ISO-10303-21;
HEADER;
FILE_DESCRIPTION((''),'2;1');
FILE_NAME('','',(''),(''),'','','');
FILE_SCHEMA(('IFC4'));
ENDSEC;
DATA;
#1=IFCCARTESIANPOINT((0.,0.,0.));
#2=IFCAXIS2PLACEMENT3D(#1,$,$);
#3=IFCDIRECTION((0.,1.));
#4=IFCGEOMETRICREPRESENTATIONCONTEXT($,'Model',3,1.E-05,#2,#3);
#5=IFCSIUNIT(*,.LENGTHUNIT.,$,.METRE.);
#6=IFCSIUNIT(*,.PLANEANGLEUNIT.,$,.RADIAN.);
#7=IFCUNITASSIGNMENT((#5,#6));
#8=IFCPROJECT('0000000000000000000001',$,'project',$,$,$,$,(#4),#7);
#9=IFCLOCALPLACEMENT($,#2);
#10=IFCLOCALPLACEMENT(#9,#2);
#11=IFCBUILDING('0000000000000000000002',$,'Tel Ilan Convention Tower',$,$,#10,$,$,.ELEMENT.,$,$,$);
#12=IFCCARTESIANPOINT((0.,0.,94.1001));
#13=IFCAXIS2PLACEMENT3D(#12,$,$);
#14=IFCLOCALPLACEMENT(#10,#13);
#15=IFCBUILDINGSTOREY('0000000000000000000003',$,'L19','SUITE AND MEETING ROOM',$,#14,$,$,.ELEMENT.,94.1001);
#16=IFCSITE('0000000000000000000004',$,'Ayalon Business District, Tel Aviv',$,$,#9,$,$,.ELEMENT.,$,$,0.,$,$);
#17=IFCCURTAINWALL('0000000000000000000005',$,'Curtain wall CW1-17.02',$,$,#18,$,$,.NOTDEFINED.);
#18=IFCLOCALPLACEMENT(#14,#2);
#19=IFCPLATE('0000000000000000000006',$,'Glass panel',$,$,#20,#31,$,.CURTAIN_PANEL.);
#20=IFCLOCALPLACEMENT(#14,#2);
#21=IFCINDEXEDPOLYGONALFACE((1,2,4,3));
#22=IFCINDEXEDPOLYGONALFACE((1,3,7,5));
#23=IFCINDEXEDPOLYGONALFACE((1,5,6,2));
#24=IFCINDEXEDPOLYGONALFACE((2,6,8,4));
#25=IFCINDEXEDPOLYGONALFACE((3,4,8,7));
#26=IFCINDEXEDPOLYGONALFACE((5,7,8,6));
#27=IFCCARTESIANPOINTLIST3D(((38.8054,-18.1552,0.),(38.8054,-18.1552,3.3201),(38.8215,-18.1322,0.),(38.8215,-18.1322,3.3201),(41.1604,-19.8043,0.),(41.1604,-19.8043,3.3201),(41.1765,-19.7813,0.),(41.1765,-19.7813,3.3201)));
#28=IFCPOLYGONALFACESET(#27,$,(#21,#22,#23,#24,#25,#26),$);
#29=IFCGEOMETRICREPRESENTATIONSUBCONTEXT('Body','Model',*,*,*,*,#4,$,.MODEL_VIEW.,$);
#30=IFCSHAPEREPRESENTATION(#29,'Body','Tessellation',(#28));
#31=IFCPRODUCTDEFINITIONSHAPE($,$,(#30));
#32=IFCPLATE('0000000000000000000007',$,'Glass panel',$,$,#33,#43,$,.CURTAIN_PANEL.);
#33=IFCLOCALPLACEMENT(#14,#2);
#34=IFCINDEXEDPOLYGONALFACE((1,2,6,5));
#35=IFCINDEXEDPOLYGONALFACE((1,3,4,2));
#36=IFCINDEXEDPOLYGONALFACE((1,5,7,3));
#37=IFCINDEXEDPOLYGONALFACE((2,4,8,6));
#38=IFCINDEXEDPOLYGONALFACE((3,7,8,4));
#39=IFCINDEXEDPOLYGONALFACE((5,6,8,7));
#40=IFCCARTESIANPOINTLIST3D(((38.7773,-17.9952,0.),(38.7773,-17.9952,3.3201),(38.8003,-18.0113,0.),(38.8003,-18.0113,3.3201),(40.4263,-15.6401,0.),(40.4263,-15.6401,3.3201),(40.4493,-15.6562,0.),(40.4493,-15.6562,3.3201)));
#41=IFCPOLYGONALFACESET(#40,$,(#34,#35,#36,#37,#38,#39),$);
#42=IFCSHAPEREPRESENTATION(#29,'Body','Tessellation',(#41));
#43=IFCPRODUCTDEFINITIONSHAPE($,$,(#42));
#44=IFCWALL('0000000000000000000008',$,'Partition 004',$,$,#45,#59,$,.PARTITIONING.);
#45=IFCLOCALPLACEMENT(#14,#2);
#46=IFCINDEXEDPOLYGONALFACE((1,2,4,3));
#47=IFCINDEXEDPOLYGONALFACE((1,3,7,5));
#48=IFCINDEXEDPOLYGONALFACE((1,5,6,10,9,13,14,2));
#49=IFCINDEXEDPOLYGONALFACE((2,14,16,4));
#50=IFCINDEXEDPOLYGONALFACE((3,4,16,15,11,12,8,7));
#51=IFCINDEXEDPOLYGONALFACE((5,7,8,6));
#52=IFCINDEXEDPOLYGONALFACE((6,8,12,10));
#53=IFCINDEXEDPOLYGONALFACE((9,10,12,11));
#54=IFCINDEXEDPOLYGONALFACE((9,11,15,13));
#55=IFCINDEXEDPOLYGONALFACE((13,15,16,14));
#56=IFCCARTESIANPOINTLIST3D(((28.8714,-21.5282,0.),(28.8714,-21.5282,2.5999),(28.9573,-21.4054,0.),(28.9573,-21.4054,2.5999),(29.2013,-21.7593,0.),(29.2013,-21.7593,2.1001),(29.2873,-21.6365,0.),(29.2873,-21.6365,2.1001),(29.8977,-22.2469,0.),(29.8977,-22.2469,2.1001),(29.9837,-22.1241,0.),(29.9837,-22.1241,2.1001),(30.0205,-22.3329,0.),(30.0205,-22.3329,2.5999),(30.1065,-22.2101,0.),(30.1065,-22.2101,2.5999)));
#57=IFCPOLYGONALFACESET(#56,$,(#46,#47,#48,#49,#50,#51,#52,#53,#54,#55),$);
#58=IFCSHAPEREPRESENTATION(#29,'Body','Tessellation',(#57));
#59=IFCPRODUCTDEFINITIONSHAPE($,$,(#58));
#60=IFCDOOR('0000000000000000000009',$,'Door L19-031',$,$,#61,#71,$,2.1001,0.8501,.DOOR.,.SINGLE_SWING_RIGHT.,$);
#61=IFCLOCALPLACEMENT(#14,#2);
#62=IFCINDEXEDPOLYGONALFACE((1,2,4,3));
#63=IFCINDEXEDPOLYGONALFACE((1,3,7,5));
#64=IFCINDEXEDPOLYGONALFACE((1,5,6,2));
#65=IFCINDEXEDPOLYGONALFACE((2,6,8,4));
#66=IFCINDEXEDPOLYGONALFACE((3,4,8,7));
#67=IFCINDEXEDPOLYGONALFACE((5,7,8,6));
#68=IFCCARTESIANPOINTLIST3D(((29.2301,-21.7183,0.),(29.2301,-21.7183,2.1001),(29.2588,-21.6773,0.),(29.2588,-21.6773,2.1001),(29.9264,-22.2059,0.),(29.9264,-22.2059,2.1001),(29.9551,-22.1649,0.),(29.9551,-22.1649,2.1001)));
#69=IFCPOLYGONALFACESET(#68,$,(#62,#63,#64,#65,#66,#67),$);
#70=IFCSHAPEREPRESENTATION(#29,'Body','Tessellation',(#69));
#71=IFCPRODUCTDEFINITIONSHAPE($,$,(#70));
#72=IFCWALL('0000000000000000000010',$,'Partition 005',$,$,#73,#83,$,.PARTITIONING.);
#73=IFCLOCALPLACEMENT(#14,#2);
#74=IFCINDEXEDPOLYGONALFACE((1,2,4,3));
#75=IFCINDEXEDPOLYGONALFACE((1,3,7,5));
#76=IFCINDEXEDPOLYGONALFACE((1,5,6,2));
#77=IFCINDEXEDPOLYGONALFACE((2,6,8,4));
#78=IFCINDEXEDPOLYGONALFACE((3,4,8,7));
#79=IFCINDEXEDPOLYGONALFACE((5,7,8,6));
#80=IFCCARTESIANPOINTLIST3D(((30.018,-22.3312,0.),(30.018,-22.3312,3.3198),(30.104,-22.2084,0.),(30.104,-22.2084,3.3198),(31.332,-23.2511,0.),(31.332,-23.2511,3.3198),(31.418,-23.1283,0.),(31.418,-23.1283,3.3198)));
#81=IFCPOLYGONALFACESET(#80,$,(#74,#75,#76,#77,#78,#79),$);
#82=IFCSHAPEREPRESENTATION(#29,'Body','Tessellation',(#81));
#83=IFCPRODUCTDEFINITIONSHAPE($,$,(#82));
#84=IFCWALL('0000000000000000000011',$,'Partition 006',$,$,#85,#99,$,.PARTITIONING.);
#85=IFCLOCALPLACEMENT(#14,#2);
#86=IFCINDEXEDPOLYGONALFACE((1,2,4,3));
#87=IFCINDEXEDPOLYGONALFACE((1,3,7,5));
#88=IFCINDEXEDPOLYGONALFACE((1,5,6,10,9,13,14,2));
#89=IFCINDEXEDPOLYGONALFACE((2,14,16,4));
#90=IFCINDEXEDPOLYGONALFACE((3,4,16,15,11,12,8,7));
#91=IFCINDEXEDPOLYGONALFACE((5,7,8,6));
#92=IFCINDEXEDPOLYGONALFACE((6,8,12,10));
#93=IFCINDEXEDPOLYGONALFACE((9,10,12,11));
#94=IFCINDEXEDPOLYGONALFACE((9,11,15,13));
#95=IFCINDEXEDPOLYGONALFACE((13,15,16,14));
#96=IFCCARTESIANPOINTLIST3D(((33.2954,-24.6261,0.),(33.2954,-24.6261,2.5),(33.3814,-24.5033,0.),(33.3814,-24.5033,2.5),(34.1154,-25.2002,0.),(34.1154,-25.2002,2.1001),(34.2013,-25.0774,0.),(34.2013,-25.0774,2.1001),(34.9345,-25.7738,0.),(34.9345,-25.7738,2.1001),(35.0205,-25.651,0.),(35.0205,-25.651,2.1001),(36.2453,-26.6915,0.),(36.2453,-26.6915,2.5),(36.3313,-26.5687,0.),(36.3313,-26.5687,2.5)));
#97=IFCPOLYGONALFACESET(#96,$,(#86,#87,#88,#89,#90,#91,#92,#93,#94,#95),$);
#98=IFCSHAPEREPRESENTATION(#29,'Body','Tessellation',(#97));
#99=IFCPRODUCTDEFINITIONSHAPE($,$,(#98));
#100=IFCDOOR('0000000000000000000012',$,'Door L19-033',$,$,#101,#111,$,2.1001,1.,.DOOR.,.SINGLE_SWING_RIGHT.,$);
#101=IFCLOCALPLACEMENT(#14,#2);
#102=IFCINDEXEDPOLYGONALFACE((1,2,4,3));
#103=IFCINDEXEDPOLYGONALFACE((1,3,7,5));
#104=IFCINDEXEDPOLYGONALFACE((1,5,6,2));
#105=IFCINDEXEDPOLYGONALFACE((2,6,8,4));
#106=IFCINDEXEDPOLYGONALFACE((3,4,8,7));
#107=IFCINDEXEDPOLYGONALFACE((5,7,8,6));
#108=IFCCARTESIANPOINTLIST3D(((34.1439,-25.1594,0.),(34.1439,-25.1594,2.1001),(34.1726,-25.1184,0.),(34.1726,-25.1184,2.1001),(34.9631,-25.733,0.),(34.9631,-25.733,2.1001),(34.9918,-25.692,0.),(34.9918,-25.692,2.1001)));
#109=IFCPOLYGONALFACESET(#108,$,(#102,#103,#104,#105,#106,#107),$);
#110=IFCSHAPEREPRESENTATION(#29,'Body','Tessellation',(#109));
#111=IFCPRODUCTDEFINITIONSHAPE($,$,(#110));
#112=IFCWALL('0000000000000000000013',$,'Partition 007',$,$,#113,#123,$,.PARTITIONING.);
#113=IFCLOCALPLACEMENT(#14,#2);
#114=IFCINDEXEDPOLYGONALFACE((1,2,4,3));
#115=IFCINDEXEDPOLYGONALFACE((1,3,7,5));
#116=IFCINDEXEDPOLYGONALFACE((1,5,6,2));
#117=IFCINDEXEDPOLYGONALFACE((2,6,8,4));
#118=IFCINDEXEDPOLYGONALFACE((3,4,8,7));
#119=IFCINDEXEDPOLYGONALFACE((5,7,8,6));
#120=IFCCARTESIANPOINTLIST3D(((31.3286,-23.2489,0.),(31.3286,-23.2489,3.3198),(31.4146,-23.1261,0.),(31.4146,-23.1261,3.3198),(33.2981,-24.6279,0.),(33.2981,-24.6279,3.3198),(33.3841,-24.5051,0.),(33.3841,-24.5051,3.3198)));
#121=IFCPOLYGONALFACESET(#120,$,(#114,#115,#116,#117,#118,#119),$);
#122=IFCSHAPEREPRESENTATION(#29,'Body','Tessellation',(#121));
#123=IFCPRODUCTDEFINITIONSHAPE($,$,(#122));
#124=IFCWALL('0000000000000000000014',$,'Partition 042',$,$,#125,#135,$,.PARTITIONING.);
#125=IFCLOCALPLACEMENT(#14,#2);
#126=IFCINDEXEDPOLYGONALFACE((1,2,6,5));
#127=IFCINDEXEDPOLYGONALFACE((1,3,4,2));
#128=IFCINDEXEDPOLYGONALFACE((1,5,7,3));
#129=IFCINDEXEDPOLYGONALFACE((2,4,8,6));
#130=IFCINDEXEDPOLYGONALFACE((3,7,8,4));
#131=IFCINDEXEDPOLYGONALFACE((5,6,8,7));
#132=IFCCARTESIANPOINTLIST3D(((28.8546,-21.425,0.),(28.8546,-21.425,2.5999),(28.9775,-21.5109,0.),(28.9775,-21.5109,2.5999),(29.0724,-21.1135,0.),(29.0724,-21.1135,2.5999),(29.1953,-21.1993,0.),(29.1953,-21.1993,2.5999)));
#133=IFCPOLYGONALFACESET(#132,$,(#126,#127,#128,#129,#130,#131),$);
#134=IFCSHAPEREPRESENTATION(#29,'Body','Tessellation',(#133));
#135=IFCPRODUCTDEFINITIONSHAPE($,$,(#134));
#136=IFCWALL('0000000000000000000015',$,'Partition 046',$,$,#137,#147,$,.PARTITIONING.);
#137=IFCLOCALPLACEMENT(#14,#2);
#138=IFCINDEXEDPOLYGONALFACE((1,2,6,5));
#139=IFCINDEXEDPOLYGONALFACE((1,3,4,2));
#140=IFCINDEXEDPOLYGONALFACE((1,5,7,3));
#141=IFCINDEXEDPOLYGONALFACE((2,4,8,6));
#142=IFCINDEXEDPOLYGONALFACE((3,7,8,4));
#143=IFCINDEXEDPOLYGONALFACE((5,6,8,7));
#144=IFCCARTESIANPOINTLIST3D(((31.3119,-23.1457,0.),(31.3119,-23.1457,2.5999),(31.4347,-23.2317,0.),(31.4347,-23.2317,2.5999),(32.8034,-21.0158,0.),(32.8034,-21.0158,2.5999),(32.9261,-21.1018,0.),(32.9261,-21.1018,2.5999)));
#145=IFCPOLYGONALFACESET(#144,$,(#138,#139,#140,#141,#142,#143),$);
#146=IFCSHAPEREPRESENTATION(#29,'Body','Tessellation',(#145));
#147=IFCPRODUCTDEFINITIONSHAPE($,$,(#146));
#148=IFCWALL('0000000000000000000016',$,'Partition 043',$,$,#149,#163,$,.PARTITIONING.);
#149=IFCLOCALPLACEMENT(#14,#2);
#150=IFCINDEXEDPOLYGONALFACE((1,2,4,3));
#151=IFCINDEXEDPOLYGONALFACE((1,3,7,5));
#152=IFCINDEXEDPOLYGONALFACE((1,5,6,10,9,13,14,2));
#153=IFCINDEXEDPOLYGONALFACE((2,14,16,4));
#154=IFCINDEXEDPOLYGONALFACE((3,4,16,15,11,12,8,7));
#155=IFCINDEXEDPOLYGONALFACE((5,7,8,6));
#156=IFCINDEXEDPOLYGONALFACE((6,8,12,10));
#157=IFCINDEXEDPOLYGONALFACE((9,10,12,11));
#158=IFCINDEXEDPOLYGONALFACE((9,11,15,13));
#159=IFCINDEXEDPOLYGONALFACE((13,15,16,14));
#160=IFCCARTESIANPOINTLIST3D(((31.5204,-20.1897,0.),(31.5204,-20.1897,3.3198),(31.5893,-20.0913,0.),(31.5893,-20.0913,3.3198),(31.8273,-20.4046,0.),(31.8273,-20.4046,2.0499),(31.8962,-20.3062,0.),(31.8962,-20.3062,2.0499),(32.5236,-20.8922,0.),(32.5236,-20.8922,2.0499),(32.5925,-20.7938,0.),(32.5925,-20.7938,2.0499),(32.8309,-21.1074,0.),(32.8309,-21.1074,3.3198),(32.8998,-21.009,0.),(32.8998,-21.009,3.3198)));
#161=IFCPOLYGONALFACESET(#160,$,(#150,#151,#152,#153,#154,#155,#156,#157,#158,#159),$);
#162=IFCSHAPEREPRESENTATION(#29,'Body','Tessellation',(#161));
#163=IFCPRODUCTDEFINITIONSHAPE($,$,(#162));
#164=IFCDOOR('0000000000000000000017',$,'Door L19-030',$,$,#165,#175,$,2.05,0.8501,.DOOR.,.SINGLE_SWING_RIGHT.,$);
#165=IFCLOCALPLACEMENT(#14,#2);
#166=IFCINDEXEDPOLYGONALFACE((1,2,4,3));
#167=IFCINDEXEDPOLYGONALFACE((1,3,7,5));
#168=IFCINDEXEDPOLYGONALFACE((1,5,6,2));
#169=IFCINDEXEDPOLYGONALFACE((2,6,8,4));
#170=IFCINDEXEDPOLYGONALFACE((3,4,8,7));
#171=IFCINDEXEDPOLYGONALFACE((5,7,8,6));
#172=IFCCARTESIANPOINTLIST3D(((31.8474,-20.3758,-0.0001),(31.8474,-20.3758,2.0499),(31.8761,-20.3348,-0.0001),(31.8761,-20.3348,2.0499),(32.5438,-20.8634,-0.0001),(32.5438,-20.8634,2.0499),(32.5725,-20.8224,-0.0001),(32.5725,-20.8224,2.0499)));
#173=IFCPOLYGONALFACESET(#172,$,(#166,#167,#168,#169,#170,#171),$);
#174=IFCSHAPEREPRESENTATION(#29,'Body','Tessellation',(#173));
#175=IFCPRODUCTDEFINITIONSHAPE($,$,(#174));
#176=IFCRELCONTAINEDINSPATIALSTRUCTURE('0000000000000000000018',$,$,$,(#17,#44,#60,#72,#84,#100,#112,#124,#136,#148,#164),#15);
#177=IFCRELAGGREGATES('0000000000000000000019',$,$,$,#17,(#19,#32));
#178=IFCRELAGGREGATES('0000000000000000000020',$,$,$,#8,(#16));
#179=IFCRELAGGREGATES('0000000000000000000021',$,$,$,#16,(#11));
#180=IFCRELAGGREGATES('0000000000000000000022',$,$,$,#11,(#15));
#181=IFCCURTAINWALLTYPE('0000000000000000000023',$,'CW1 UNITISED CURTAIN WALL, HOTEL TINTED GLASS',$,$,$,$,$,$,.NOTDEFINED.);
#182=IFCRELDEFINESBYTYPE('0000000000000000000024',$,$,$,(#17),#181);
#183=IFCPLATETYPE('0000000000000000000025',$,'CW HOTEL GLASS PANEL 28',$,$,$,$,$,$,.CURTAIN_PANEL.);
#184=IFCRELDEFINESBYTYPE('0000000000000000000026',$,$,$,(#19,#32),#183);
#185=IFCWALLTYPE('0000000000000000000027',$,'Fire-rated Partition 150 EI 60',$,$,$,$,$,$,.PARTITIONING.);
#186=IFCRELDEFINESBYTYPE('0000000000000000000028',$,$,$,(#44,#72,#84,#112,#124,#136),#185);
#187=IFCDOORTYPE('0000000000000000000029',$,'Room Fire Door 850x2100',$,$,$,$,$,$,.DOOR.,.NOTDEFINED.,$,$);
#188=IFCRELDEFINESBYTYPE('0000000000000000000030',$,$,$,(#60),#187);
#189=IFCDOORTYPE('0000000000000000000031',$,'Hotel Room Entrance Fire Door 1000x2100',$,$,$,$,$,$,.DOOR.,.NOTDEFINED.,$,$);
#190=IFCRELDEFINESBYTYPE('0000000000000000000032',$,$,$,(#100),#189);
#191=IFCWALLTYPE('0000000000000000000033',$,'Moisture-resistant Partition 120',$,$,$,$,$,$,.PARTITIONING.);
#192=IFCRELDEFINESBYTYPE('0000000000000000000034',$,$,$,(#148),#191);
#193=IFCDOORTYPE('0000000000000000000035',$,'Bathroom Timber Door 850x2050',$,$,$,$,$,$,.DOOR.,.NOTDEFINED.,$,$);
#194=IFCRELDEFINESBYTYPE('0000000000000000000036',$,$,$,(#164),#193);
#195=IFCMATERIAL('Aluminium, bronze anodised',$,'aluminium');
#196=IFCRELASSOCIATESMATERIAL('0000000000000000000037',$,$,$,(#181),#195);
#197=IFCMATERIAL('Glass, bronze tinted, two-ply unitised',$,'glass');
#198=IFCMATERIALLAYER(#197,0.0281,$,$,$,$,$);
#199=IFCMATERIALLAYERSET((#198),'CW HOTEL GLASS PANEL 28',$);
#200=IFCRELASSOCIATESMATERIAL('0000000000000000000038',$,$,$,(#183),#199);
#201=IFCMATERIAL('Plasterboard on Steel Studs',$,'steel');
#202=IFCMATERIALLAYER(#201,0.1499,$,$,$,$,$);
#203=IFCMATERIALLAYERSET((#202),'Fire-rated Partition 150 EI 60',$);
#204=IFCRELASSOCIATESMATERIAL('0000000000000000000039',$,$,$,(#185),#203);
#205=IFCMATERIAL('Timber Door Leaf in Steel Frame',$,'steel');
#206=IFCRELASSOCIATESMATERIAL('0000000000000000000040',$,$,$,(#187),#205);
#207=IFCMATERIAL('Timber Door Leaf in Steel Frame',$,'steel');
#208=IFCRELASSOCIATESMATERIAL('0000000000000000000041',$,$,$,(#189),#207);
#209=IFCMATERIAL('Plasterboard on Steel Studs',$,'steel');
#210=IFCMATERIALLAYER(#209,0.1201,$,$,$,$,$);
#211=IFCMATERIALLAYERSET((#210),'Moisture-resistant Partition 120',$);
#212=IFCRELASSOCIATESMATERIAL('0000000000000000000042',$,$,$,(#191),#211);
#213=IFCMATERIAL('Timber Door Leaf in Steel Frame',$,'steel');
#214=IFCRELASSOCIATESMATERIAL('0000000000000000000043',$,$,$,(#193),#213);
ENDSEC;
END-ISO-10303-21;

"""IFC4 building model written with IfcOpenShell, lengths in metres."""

from ifc_helpers import new_model, si_unit, direction, frame, frame_2d, origin, origin_2d, place, context, subcontext, project, spatial, rectangle, extrude, material, layer, layer_set, type_object, element, fill, aggregate, save


model = new_model("IFC4")

# Units and contexts
model_context = context("Model", 3, precision=1e-05, world=origin(), true_north=direction((0.0, 1.0)))
body_context = subcontext(model_context, "Body", "Model", "MODEL_VIEW")
ifc_project = project(units=[si_unit("LENGTHUNIT", "METRE"), si_unit("PLANEANGLEUNIT", "RADIAN")], contexts=[model_context])

# Site, building, storey
site_placement = place(None, origin())
site = spatial("IfcSite", under=ifc_project, at=site_placement, Name="Ayalon Business District, Tel Aviv", CompositionType="ELEMENT", RefElevation=0.0)
building_placement = place(site_placement, origin())
building = spatial("IfcBuilding", under=site, at=building_placement, Name="Tel Ilan Convention Tower", CompositionType="ELEMENT")
storey_placement = place(building_placement, frame((0.0, 0.0, 94.1001)))
storey = spatial("IfcBuildingStorey", under=building, at=storey_placement, Name="L19", Description="SUITE AND MEETING ROOM", CompositionType="ELEMENT", Elevation=94.1001)

# Curtain wall, plates
ifc_material_1 = material(Name="Aluminium, bronze anodised", Category="aluminium")
curtain_wall_type = type_object("IfcCurtainWallType", Name="CW1 UNITISED CURTAIN WALL, HOTEL TINTED GLASS", PredefinedType="NOTDEFINED", material=ifc_material_1)
curtain_wall_placement = place(storey_placement, origin())
curtain_wall = element("IfcCurtainWall", 1, at=curtain_wall_placement, inside=storey, type_object=curtain_wall_type, Name="Curtain wall CW1-17.02", PredefinedType="NOTDEFINED")
ifc_material_2 = material(Name="Glass, bronze tinted, two-ply unitised", Category="glass")
ifc_layer_1 = layer(ifc_material_2, 0.0281)
ifc_layer_set_1 = layer_set([ifc_layer_1], Name="CW HOTEL GLASS PANEL 28")
plate_type = type_object("IfcPlateType", Name="CW HOTEL GLASS PANEL 28", PredefinedType="CURTAIN_PANEL", material=ifc_layer_set_1)
plate_1_placement = place(storey_placement, frame((39.991, -18.9683, 0.0), z_axis=(0.0, 0.0, 1.0), x_axis=(-0.819152, 0.573576, 0.0)))
plate_1 = element("IfcPlate", 2, at=plate_1_placement, type_object=plate_type, Name="Glass panel", PredefinedType="CURTAIN_PANEL", context=body_context, shape_type="SweptSolid", body=[
    extrude(rectangle(XDim=2.875, YDim=0.0281, at=origin_2d()), origin(), (0.0, 0.0, 1.0), 3.3201),
])
plate_2_placement = place(storey_placement, frame((39.6133, -16.8257, 0.0), z_axis=(0.0, 0.0, 1.0), x_axis=(0.573576, 0.819152, 0.0)))
plate_2 = element("IfcPlate", 3, at=plate_2_placement, type_object=plate_type, Name="Glass panel", PredefinedType="CURTAIN_PANEL", context=body_context, shape_type="SweptSolid", body=[
    extrude(rectangle(XDim=2.875, YDim=0.0281, at=origin_2d()), origin(), (0.0, 0.0, 1.0), 3.3201),
])
aggregate(curtain_wall, [plate_1, plate_2])

# Wall, opening, door
ifc_material_3 = material(Name="Plasterboard on Steel Studs", Category="steel")
ifc_layer_2 = layer(ifc_material_3, 0.1499)
ifc_layer_set_2 = layer_set([ifc_layer_2], Name="Fire-rated Partition 150 EI 60")
wall_type_1 = type_object("IfcWallType", Name="Fire-rated Partition 150 EI 60", PredefinedType="PARTITIONING", material=ifc_layer_set_2)
wall_1_placement = place(storey_placement, frame((30.0635, -22.2715, 0.0), z_axis=(0.0, 0.0, 1.0), x_axis=(-0.819142, 0.573591, 0.0)))
wall_1 = element("IfcWall", 4, at=wall_1_placement, inside=storey, type_object=wall_type_1, Name="Partition 004", PredefinedType="PARTITIONING", context=body_context, shape_type="SweptSolid", body=[
    extrude(rectangle(XDim=1.4028, YDim=0.1499, at=frame_2d((0.7014, 0.0))), origin(), (0.0, 0.0, 1.0), 2.5999),
])
opening_1_placement = place(wall_1_placement, frame((0.1499, 0.0, 0.0)))
opening_1 = element("IfcOpeningElement", 5, at=opening_1_placement, cuts=wall_1, PredefinedType="OPENING", context=body_context, shape_type="SweptSolid", body=[
    extrude(rectangle(XDim=0.8501, YDim=2.1001, at=frame_2d((0.425, 1.05))), frame((0.0, 0.085, 0.0), z_axis=(0.0, -1.0, 0.0), x_axis=(1.0, 0.0, 0.0)), (0.0, 0.0, 1.0), 0.1699),
])
ifc_material_4 = material(Name="Timber Door Leaf in Steel Frame", Category="steel")
door_type_1 = type_object("IfcDoorType", Name="Room Fire Door 850x2100", OperationType="NOTDEFINED", PredefinedType="DOOR", material=ifc_material_4)
door_1_placement = place(opening_1_placement, origin())
door_1 = element("IfcDoor", 6, at=door_1_placement, inside=storey, type_object=door_type_1, Name="Door L19-031", OperationType="SINGLE_SWING_RIGHT", OverallHeight=2.1001, OverallWidth=0.8501, PredefinedType="DOOR", context=body_context, shape_type="SweptSolid", body=[
    extrude(rectangle(XDim=0.8501, YDim=2.1001, at=frame_2d((0.425, 1.05))), frame((0.0, 0.0249, 0.0), z_axis=(0.0, -1.0, 0.0), x_axis=(1.0, 0.0, 0.0)), (0.0, 0.0, 1.0), 0.05),
])
fill(opening_1, door_1)

# Wall
wall_2_placement = place(storey_placement, frame((30.061, -22.2698, 0.0), z_axis=(0.0, 0.0, 1.0), x_axis=(0.819189, -0.573524, 0.0)))
element("IfcWall", 7, at=wall_2_placement, inside=storey, type_object=wall_type_1, Name="Partition 005", PredefinedType="PARTITIONING", context=body_context, shape_type="SweptSolid", body=[
    extrude(rectangle(XDim=1.604, YDim=0.1499, at=frame_2d((0.802, 0.0))), origin(), (0.0, 0.0, 1.0), 3.3198),
])

# Wall, opening, door
wall_3_placement = place(storey_placement, frame((33.3384, -24.5647, 0.0), z_axis=(0.0, 0.0, 1.0), x_axis=(0.819171, -0.573549, 0.0)))
wall_3 = element("IfcWall", 8, at=wall_3_placement, inside=storey, type_object=wall_type_1, Name="Partition 006", PredefinedType="PARTITIONING", context=body_context, shape_type="SweptSolid", body=[
    extrude(rectangle(XDim=3.6011, YDim=0.1499, at=frame_2d((1.8005, 0.0))), origin(), (0.0, 0.0, 1.0), 2.5),
])
opening_2_placement = place(wall_3_placement, frame((1.001, 0.0, 0.0)))
opening_2 = element("IfcOpeningElement", 9, at=opening_2_placement, cuts=wall_3, PredefinedType="OPENING", context=body_context, shape_type="SweptSolid", body=[
    extrude(rectangle(XDim=1.0, YDim=2.1001, at=frame_2d((0.5, 1.05))), frame((0.0, 0.085, 0.0), z_axis=(0.0, -1.0, 0.0), x_axis=(1.0, 0.0, 0.0)), (0.0, 0.0, 1.0), 0.1699),
])
ifc_material_5 = material(Name="Timber Door Leaf in Steel Frame", Category="steel")
door_type_2 = type_object("IfcDoorType", Name="Hotel Room Entrance Fire Door 1000x2100", OperationType="NOTDEFINED", PredefinedType="DOOR", material=ifc_material_5)
door_2_placement = place(opening_2_placement, origin())
door_2 = element("IfcDoor", 10, at=door_2_placement, inside=storey, type_object=door_type_2, Name="Door L19-033", OperationType="SINGLE_SWING_RIGHT", OverallHeight=2.1001, OverallWidth=1.0, PredefinedType="DOOR", context=body_context, shape_type="SweptSolid", body=[
    extrude(rectangle(XDim=1.0, YDim=2.1001, at=frame_2d((0.5, 1.05))), frame((0.0, 0.0249, 0.0), z_axis=(0.0, -1.0, 0.0), x_axis=(1.0, 0.0, 0.0)), (0.0, 0.0, 1.0), 0.05),
])
fill(opening_2, door_2)

# Walls
wall_4_placement = place(storey_placement, frame((31.3716, -23.1875, 0.0), z_axis=(0.0, 0.0, 1.0), x_axis=(0.819179, -0.573537, 0.0)))
element("IfcWall", 11, at=wall_4_placement, inside=storey, type_object=wall_type_1, Name="Partition 007", PredefinedType="PARTITIONING", context=body_context, shape_type="SweptSolid", body=[
    extrude(rectangle(XDim=2.4043, YDim=0.1499, at=frame_2d((1.2021, 0.0))), origin(), (0.0, 0.0, 1.0), 3.3198),
])
wall_5_placement = place(storey_placement, frame((29.1338, -21.1565, 0.0), z_axis=(0.0, 0.0, 1.0), x_axis=(-0.572945, -0.819594, 0.0)))
element("IfcWall", 12, at=wall_5_placement, inside=storey, type_object=wall_type_1, Name="Partition 042", PredefinedType="PARTITIONING", context=body_context, shape_type="SweptSolid", body=[
    extrude(rectangle(XDim=0.3801, YDim=0.1499, at=frame_2d((0.1899, 0.0))), origin(), (0.0, 0.0, 1.0), 2.5999),
])
wall_6_placement = place(storey_placement, frame((32.8647, -21.0588, 0.0), z_axis=(0.0, 0.0, 1.0), x_axis=(-0.573601, -0.819135, 0.0)))
element("IfcWall", 13, at=wall_6_placement, inside=storey, type_object=wall_type_1, Name="Partition 046", PredefinedType="PARTITIONING", context=body_context, shape_type="SweptSolid", body=[
    extrude(rectangle(XDim=2.6001, YDim=0.1499, at=frame_2d((1.3, 0.0))), origin(), (0.0, 0.0, 1.0), 2.5999),
])

# Wall, opening, door
ifc_material_6 = material(Name="Plasterboard on Steel Studs", Category="steel")
ifc_layer_3 = layer(ifc_material_6, 0.1201)
ifc_layer_set_3 = layer_set([ifc_layer_3], Name="Moisture-resistant Partition 120")
wall_type_2 = type_object("IfcWallType", Name="Moisture-resistant Partition 120", PredefinedType="PARTITIONING", material=ifc_layer_set_3)
wall_7_placement = place(storey_placement, frame((32.8652, -21.0581, 0.0), z_axis=(0.0, 0.0, 1.0), x_axis=(-0.819132, 0.573606, 0.0)))
wall_7 = element("IfcWall", 14, at=wall_7_placement, inside=storey, type_object=wall_type_2, Name="Partition 043", PredefinedType="PARTITIONING", context=body_context, shape_type="SweptSolid", body=[
    extrude(rectangle(XDim=1.5999, YDim=0.1201, at=frame_2d((0.7998, 0.0))), origin(), (0.0, 0.0, 1.0), 3.3198),
])
opening_3_placement = place(wall_7_placement, frame((0.375, 0.0, 0.0)))
opening_3 = element("IfcOpeningElement", 15, at=opening_3_placement, cuts=wall_7, PredefinedType="OPENING", context=body_context, shape_type="SweptSolid", body=[
    extrude(rectangle(XDim=0.8501, YDim=2.05, at=frame_2d((0.425, 1.0249))), frame((0.0, 0.0701, 0.0), z_axis=(0.0, -1.0, 0.0), x_axis=(1.0, 0.0, 0.0)), (0.0, 0.0, 1.0), 0.1401),
])
ifc_material_7 = material(Name="Timber Door Leaf in Steel Frame", Category="steel")
door_type_3 = type_object("IfcDoorType", Name="Bathroom Timber Door 850x2050", OperationType="NOTDEFINED", PredefinedType="DOOR", material=ifc_material_7)
door_3_placement = place(opening_3_placement, origin())
door_3 = element("IfcDoor", 16, at=door_3_placement, inside=storey, type_object=door_type_3, Name="Door L19-030", OperationType="SINGLE_SWING_RIGHT", OverallHeight=2.05, OverallWidth=0.8501, PredefinedType="DOOR", context=body_context, shape_type="SweptSolid", body=[
    extrude(rectangle(XDim=0.8501, YDim=2.05, at=frame_2d((0.425, 1.0249))), frame((0.0, 0.0249, 0.0), z_axis=(0.0, -1.0, 0.0), x_axis=(1.0, 0.0, 0.0)), (0.0, 0.0, 1.0), 0.05),
])
fill(opening_3, door_3)

save(model, "model.ifc")
